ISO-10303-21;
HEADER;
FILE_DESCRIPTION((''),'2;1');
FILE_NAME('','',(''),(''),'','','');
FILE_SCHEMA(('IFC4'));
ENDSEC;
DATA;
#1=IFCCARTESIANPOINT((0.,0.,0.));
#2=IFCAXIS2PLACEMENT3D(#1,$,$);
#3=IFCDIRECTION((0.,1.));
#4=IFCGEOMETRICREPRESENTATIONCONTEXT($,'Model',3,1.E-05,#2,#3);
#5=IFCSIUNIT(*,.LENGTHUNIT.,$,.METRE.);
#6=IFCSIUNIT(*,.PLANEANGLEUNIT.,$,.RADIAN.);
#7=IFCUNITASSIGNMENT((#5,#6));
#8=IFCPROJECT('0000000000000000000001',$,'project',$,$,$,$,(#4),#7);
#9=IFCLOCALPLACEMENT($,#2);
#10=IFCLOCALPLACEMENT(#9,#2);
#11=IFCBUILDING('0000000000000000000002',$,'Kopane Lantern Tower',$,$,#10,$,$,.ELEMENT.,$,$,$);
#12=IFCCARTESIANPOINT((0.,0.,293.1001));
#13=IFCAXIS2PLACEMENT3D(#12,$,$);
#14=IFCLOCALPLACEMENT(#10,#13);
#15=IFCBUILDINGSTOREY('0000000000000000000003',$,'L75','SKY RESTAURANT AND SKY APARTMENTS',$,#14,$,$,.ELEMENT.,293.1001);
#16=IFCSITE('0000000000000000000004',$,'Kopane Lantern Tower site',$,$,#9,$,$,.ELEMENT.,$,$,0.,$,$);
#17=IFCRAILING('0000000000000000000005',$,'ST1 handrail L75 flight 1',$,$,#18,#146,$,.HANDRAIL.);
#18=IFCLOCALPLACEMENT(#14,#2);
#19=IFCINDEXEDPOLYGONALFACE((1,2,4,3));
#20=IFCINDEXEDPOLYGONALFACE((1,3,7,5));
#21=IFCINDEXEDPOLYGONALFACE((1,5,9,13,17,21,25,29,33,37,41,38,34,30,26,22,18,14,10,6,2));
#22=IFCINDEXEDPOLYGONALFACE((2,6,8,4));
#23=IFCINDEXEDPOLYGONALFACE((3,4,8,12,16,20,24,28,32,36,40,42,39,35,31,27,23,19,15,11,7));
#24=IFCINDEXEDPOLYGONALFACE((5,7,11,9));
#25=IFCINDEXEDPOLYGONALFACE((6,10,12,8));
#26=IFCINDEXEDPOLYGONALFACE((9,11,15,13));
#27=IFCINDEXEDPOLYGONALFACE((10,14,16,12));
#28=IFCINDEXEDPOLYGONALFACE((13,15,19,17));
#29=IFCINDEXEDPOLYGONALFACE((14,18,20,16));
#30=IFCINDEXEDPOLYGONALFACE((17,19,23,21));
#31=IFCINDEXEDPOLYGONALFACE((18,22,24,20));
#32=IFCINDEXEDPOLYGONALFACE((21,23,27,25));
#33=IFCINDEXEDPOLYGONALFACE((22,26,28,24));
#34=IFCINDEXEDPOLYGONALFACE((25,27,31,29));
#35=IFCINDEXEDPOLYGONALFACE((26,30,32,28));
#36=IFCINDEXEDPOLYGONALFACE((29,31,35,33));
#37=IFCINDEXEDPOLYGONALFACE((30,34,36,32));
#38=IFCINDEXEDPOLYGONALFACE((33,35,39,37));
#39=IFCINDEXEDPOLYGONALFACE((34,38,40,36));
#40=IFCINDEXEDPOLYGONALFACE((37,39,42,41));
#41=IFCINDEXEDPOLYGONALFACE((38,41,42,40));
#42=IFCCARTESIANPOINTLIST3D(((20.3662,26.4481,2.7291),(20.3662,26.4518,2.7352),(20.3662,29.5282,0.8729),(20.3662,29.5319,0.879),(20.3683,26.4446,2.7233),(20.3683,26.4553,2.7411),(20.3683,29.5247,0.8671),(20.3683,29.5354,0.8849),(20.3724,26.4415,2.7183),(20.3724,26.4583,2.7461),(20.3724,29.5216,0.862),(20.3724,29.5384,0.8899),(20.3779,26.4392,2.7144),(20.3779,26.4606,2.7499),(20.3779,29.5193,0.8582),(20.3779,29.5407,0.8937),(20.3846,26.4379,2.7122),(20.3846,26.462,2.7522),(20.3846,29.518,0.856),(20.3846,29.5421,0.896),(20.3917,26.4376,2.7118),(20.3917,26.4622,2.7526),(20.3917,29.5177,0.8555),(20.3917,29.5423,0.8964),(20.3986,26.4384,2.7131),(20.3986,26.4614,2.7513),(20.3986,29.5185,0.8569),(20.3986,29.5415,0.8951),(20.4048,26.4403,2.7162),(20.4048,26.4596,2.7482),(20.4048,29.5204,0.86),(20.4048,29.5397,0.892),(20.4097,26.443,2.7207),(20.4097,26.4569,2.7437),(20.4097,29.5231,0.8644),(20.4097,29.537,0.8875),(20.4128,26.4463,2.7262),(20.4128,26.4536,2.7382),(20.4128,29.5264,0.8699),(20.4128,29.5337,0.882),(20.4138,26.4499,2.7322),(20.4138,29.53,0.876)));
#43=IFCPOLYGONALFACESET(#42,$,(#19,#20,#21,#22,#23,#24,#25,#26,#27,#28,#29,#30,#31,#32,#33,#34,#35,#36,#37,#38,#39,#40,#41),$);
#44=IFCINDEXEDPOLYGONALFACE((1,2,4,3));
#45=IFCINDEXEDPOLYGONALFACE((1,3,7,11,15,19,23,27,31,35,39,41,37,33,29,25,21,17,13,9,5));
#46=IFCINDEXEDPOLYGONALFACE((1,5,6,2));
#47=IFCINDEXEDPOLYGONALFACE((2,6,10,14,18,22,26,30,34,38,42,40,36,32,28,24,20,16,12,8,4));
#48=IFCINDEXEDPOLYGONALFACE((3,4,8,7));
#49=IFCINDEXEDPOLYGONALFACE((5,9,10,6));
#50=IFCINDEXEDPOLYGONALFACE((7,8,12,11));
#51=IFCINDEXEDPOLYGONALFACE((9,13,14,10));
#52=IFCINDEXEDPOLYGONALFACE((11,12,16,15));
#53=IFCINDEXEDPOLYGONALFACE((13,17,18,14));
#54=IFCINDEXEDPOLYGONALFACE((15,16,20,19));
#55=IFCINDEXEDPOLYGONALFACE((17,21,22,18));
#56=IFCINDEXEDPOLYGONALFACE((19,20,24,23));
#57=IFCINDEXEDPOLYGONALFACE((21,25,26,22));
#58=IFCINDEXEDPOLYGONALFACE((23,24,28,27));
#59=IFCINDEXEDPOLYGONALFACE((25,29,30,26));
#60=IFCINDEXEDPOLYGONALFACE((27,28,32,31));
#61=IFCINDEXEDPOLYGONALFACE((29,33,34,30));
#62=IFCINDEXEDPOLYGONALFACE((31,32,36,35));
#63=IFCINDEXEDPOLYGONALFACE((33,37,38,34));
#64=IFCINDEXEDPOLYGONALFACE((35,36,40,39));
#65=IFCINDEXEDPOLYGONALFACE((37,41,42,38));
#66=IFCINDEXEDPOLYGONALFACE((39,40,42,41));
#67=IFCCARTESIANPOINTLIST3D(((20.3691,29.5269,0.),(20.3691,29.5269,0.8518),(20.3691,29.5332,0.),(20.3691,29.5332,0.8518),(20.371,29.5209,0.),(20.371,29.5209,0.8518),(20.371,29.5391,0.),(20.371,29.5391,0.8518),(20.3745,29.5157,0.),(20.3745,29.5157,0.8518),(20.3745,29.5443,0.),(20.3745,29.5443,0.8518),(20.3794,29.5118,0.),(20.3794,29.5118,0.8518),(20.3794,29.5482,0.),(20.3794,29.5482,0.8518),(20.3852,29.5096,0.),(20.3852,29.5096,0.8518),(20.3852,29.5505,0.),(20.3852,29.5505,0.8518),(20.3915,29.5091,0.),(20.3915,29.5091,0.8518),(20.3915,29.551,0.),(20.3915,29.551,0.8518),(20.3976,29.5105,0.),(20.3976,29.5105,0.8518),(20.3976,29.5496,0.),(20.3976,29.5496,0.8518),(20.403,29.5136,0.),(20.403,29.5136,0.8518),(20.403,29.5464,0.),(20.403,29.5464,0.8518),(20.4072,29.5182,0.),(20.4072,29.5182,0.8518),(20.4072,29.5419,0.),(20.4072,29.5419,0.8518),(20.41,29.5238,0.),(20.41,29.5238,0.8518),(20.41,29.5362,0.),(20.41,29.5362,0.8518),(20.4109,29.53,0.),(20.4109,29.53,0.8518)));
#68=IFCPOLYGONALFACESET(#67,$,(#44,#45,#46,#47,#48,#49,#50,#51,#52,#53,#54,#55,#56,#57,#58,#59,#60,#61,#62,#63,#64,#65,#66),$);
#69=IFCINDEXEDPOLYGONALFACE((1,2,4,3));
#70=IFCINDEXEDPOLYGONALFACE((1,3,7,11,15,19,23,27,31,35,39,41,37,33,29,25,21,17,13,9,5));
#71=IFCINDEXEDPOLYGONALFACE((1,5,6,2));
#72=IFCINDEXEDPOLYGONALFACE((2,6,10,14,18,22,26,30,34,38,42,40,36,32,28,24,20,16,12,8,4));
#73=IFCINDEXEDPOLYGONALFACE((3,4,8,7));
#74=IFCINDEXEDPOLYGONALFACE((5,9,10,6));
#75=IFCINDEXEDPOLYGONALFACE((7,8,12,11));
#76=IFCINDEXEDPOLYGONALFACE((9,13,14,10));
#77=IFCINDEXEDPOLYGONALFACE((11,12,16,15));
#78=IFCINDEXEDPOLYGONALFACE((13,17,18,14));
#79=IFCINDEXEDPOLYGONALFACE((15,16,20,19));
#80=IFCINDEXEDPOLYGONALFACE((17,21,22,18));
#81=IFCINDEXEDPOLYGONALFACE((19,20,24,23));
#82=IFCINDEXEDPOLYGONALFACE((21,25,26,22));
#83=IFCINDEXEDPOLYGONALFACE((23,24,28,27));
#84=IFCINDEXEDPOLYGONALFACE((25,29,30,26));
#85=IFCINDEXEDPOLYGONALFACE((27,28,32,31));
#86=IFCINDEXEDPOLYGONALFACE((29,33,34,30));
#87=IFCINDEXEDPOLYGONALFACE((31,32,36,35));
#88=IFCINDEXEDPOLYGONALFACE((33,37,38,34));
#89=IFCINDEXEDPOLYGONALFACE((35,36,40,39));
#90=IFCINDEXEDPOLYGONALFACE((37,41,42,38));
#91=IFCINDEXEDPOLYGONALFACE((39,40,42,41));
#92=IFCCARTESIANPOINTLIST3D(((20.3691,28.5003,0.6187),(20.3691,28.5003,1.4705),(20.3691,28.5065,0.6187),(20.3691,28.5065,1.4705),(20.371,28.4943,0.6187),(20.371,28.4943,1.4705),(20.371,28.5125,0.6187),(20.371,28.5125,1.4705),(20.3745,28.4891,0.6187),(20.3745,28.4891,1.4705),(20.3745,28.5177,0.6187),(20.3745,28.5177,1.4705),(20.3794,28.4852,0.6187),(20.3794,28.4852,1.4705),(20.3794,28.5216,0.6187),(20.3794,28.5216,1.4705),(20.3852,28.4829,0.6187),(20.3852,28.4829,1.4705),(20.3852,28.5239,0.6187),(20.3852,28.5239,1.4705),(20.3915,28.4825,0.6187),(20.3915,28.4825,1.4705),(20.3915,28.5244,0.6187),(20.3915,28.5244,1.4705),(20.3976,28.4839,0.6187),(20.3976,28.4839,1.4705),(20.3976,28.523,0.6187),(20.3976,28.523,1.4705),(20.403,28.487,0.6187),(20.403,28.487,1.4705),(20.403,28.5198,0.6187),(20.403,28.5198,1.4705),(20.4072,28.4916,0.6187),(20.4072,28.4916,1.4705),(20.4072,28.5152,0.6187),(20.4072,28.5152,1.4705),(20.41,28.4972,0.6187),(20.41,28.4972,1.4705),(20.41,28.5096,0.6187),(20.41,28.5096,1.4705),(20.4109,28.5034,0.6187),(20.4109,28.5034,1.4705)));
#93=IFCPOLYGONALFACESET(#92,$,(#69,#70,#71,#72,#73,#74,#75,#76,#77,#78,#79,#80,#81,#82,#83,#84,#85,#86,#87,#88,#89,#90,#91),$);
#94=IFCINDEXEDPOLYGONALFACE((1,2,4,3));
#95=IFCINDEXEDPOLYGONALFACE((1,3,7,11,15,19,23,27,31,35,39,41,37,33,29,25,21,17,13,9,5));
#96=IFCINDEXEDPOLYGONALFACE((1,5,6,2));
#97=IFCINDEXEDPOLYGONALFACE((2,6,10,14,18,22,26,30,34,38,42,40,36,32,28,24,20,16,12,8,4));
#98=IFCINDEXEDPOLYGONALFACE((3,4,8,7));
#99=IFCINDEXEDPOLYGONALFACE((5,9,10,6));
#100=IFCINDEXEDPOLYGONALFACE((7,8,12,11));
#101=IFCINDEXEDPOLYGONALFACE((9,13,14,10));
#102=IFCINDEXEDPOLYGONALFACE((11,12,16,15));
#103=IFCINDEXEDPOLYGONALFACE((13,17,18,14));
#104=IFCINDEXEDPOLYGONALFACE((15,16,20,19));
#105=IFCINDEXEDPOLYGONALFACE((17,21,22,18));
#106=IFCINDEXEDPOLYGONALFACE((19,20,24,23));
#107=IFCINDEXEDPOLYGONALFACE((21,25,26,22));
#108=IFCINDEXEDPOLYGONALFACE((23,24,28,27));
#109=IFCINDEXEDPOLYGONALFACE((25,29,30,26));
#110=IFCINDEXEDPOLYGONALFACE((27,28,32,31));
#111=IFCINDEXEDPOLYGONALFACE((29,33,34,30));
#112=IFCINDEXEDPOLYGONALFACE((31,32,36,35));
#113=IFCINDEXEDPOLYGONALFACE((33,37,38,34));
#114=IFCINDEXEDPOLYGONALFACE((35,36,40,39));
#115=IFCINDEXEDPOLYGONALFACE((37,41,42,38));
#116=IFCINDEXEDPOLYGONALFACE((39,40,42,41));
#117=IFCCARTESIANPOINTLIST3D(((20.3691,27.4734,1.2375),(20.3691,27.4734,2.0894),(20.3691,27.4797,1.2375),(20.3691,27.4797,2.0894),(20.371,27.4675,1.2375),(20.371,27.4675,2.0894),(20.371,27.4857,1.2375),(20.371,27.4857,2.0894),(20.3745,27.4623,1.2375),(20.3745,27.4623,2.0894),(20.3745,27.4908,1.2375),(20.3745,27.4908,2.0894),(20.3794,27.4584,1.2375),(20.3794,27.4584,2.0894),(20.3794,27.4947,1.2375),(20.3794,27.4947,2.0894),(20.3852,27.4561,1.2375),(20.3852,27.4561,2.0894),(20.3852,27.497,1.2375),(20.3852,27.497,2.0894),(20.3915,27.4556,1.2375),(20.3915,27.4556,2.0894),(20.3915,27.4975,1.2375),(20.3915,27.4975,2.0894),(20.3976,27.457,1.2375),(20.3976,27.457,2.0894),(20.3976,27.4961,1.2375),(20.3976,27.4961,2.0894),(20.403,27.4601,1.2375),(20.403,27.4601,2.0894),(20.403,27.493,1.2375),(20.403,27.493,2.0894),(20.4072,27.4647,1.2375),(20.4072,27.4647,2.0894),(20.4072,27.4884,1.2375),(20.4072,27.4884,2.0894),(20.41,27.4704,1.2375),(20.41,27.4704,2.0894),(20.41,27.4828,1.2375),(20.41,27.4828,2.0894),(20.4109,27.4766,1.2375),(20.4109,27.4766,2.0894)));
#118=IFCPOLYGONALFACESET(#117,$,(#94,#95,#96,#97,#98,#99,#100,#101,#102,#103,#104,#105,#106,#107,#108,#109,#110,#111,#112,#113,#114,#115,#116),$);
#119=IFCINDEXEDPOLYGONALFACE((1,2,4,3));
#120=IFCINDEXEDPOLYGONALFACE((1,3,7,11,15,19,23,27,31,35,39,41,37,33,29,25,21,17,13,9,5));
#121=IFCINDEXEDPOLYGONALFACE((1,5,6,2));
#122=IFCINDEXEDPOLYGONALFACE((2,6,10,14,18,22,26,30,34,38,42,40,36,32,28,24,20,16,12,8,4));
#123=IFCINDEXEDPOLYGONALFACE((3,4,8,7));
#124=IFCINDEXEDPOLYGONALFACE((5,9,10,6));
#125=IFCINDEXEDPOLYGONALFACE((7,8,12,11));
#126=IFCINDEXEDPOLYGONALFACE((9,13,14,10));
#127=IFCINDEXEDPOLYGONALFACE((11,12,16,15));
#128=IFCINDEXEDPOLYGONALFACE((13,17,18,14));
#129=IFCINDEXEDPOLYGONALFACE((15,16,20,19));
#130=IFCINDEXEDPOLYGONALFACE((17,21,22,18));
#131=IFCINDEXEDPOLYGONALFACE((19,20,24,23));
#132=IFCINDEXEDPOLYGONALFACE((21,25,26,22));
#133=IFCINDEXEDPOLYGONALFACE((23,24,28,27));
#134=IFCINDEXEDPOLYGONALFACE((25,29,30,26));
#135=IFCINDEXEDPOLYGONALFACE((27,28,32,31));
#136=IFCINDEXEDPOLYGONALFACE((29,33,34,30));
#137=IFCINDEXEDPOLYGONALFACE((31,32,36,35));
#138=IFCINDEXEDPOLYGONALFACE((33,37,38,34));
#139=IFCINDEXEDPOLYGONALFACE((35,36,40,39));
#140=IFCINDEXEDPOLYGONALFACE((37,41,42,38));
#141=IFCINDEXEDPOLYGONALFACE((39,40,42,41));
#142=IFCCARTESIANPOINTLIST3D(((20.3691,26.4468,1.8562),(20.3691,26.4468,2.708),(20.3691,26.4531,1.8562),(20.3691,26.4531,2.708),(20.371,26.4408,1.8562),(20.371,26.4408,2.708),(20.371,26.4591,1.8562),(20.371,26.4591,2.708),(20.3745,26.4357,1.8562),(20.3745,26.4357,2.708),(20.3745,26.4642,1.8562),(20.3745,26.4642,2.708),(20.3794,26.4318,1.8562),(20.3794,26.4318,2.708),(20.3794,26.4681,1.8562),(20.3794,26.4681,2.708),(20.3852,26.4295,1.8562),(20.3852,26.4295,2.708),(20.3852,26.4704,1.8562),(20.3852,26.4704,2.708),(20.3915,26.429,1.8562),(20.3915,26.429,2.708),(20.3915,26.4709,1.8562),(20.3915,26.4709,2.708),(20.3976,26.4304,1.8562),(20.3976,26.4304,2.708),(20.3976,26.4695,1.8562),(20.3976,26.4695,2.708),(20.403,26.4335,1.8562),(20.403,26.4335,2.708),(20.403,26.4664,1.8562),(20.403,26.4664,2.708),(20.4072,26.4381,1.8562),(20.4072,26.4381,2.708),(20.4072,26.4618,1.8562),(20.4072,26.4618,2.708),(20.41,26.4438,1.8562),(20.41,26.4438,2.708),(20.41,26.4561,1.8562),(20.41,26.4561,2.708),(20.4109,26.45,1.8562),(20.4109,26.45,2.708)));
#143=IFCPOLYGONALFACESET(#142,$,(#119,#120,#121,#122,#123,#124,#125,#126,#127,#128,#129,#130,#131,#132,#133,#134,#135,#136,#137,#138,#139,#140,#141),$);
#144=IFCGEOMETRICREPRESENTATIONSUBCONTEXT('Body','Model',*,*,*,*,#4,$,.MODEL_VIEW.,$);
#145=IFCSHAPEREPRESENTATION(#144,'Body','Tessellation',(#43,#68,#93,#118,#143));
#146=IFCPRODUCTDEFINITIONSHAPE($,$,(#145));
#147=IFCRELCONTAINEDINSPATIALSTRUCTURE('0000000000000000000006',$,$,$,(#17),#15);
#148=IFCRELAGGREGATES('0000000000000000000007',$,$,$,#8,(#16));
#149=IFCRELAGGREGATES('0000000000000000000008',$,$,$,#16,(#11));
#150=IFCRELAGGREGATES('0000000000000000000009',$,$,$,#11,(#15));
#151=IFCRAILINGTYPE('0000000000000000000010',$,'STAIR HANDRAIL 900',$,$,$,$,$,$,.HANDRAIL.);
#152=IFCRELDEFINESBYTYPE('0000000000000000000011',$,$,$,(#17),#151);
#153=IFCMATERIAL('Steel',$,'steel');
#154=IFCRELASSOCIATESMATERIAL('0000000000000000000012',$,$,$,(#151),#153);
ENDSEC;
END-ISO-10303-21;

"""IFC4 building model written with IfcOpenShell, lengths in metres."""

from ifc_helpers import new_model, si_unit, direction, frame, origin, origin_2d, place, context, subcontext, project, spatial, circle, extrude, material, type_object, element, save


model = new_model("IFC4")

# Units and contexts
model_context = context("Model", 3, precision=1e-05, world=origin(), true_north=direction((0.0, 1.0)))
body_context = subcontext(model_context, "Body", "Model", "MODEL_VIEW")
ifc_project = project(units=[si_unit("LENGTHUNIT", "METRE"), si_unit("PLANEANGLEUNIT", "RADIAN")], contexts=[model_context])

# Site, building, storey
site_placement = place(None, origin())
site = spatial("IfcSite", under=ifc_project, at=site_placement, Name="Kopane Lantern Tower site", CompositionType="ELEMENT", RefElevation=0.0)
building_placement = place(site_placement, origin())
building = spatial("IfcBuilding", under=site, at=building_placement, Name="Kopane Lantern Tower", CompositionType="ELEMENT")
storey_placement = place(building_placement, frame((0.0, 0.0, 293.1001)))
storey = spatial("IfcBuildingStorey", under=building, at=storey_placement, Name="L75", Description="SKY RESTAURANT AND SKY APARTMENTS", CompositionType="ELEMENT", Elevation=293.1001)

# Railing
ifc_material_1 = material(Name="Steel", Category="steel")
railing_type_1 = type_object("IfcRailingType", Name="STAIR HANDRAIL 900", PredefinedType="HANDRAIL", material=ifc_material_1)
for number, where, name in (
    (1, (20.3899, 29.53, 0.0), "ST1 handrail L75 flight 1"),
):
    element("IfcRailing", number, at=place(storey_placement, frame(where)), inside=storey, type_object=railing_type_1, Name=name, PredefinedType="HANDRAIL", context=body_context, shape_type="SweptSolid", body=[
        extrude(circle(Radius=0.0239, at=origin_2d()), frame((0.0, 0.0, 0.876), z_axis=(0.0, -0.856491, 0.516162), x_axis=(1.0, 0.0, 0.0)), (0.0, 0.0, 1.0), 3.5962),
        extrude(circle(Radius=0.021, at=origin_2d()), origin(), (0.0, 0.0, 1.0), 0.8518),
        extrude(circle(Radius=0.021, at=origin_2d()), frame((0.0, -1.0266, 0.6187)), (0.0, 0.0, 1.0), 0.8518),
        extrude(circle(Radius=0.021, at=origin_2d()), frame((0.0, -2.0535, 1.2375)), (0.0, 0.0, 1.0), 0.8518),
        extrude(circle(Radius=0.021, at=origin_2d()), frame((0.0, -3.0801, 1.8562)), (0.0, 0.0, 1.0), 0.8518),
    ])

save(model, "model.ifc")
